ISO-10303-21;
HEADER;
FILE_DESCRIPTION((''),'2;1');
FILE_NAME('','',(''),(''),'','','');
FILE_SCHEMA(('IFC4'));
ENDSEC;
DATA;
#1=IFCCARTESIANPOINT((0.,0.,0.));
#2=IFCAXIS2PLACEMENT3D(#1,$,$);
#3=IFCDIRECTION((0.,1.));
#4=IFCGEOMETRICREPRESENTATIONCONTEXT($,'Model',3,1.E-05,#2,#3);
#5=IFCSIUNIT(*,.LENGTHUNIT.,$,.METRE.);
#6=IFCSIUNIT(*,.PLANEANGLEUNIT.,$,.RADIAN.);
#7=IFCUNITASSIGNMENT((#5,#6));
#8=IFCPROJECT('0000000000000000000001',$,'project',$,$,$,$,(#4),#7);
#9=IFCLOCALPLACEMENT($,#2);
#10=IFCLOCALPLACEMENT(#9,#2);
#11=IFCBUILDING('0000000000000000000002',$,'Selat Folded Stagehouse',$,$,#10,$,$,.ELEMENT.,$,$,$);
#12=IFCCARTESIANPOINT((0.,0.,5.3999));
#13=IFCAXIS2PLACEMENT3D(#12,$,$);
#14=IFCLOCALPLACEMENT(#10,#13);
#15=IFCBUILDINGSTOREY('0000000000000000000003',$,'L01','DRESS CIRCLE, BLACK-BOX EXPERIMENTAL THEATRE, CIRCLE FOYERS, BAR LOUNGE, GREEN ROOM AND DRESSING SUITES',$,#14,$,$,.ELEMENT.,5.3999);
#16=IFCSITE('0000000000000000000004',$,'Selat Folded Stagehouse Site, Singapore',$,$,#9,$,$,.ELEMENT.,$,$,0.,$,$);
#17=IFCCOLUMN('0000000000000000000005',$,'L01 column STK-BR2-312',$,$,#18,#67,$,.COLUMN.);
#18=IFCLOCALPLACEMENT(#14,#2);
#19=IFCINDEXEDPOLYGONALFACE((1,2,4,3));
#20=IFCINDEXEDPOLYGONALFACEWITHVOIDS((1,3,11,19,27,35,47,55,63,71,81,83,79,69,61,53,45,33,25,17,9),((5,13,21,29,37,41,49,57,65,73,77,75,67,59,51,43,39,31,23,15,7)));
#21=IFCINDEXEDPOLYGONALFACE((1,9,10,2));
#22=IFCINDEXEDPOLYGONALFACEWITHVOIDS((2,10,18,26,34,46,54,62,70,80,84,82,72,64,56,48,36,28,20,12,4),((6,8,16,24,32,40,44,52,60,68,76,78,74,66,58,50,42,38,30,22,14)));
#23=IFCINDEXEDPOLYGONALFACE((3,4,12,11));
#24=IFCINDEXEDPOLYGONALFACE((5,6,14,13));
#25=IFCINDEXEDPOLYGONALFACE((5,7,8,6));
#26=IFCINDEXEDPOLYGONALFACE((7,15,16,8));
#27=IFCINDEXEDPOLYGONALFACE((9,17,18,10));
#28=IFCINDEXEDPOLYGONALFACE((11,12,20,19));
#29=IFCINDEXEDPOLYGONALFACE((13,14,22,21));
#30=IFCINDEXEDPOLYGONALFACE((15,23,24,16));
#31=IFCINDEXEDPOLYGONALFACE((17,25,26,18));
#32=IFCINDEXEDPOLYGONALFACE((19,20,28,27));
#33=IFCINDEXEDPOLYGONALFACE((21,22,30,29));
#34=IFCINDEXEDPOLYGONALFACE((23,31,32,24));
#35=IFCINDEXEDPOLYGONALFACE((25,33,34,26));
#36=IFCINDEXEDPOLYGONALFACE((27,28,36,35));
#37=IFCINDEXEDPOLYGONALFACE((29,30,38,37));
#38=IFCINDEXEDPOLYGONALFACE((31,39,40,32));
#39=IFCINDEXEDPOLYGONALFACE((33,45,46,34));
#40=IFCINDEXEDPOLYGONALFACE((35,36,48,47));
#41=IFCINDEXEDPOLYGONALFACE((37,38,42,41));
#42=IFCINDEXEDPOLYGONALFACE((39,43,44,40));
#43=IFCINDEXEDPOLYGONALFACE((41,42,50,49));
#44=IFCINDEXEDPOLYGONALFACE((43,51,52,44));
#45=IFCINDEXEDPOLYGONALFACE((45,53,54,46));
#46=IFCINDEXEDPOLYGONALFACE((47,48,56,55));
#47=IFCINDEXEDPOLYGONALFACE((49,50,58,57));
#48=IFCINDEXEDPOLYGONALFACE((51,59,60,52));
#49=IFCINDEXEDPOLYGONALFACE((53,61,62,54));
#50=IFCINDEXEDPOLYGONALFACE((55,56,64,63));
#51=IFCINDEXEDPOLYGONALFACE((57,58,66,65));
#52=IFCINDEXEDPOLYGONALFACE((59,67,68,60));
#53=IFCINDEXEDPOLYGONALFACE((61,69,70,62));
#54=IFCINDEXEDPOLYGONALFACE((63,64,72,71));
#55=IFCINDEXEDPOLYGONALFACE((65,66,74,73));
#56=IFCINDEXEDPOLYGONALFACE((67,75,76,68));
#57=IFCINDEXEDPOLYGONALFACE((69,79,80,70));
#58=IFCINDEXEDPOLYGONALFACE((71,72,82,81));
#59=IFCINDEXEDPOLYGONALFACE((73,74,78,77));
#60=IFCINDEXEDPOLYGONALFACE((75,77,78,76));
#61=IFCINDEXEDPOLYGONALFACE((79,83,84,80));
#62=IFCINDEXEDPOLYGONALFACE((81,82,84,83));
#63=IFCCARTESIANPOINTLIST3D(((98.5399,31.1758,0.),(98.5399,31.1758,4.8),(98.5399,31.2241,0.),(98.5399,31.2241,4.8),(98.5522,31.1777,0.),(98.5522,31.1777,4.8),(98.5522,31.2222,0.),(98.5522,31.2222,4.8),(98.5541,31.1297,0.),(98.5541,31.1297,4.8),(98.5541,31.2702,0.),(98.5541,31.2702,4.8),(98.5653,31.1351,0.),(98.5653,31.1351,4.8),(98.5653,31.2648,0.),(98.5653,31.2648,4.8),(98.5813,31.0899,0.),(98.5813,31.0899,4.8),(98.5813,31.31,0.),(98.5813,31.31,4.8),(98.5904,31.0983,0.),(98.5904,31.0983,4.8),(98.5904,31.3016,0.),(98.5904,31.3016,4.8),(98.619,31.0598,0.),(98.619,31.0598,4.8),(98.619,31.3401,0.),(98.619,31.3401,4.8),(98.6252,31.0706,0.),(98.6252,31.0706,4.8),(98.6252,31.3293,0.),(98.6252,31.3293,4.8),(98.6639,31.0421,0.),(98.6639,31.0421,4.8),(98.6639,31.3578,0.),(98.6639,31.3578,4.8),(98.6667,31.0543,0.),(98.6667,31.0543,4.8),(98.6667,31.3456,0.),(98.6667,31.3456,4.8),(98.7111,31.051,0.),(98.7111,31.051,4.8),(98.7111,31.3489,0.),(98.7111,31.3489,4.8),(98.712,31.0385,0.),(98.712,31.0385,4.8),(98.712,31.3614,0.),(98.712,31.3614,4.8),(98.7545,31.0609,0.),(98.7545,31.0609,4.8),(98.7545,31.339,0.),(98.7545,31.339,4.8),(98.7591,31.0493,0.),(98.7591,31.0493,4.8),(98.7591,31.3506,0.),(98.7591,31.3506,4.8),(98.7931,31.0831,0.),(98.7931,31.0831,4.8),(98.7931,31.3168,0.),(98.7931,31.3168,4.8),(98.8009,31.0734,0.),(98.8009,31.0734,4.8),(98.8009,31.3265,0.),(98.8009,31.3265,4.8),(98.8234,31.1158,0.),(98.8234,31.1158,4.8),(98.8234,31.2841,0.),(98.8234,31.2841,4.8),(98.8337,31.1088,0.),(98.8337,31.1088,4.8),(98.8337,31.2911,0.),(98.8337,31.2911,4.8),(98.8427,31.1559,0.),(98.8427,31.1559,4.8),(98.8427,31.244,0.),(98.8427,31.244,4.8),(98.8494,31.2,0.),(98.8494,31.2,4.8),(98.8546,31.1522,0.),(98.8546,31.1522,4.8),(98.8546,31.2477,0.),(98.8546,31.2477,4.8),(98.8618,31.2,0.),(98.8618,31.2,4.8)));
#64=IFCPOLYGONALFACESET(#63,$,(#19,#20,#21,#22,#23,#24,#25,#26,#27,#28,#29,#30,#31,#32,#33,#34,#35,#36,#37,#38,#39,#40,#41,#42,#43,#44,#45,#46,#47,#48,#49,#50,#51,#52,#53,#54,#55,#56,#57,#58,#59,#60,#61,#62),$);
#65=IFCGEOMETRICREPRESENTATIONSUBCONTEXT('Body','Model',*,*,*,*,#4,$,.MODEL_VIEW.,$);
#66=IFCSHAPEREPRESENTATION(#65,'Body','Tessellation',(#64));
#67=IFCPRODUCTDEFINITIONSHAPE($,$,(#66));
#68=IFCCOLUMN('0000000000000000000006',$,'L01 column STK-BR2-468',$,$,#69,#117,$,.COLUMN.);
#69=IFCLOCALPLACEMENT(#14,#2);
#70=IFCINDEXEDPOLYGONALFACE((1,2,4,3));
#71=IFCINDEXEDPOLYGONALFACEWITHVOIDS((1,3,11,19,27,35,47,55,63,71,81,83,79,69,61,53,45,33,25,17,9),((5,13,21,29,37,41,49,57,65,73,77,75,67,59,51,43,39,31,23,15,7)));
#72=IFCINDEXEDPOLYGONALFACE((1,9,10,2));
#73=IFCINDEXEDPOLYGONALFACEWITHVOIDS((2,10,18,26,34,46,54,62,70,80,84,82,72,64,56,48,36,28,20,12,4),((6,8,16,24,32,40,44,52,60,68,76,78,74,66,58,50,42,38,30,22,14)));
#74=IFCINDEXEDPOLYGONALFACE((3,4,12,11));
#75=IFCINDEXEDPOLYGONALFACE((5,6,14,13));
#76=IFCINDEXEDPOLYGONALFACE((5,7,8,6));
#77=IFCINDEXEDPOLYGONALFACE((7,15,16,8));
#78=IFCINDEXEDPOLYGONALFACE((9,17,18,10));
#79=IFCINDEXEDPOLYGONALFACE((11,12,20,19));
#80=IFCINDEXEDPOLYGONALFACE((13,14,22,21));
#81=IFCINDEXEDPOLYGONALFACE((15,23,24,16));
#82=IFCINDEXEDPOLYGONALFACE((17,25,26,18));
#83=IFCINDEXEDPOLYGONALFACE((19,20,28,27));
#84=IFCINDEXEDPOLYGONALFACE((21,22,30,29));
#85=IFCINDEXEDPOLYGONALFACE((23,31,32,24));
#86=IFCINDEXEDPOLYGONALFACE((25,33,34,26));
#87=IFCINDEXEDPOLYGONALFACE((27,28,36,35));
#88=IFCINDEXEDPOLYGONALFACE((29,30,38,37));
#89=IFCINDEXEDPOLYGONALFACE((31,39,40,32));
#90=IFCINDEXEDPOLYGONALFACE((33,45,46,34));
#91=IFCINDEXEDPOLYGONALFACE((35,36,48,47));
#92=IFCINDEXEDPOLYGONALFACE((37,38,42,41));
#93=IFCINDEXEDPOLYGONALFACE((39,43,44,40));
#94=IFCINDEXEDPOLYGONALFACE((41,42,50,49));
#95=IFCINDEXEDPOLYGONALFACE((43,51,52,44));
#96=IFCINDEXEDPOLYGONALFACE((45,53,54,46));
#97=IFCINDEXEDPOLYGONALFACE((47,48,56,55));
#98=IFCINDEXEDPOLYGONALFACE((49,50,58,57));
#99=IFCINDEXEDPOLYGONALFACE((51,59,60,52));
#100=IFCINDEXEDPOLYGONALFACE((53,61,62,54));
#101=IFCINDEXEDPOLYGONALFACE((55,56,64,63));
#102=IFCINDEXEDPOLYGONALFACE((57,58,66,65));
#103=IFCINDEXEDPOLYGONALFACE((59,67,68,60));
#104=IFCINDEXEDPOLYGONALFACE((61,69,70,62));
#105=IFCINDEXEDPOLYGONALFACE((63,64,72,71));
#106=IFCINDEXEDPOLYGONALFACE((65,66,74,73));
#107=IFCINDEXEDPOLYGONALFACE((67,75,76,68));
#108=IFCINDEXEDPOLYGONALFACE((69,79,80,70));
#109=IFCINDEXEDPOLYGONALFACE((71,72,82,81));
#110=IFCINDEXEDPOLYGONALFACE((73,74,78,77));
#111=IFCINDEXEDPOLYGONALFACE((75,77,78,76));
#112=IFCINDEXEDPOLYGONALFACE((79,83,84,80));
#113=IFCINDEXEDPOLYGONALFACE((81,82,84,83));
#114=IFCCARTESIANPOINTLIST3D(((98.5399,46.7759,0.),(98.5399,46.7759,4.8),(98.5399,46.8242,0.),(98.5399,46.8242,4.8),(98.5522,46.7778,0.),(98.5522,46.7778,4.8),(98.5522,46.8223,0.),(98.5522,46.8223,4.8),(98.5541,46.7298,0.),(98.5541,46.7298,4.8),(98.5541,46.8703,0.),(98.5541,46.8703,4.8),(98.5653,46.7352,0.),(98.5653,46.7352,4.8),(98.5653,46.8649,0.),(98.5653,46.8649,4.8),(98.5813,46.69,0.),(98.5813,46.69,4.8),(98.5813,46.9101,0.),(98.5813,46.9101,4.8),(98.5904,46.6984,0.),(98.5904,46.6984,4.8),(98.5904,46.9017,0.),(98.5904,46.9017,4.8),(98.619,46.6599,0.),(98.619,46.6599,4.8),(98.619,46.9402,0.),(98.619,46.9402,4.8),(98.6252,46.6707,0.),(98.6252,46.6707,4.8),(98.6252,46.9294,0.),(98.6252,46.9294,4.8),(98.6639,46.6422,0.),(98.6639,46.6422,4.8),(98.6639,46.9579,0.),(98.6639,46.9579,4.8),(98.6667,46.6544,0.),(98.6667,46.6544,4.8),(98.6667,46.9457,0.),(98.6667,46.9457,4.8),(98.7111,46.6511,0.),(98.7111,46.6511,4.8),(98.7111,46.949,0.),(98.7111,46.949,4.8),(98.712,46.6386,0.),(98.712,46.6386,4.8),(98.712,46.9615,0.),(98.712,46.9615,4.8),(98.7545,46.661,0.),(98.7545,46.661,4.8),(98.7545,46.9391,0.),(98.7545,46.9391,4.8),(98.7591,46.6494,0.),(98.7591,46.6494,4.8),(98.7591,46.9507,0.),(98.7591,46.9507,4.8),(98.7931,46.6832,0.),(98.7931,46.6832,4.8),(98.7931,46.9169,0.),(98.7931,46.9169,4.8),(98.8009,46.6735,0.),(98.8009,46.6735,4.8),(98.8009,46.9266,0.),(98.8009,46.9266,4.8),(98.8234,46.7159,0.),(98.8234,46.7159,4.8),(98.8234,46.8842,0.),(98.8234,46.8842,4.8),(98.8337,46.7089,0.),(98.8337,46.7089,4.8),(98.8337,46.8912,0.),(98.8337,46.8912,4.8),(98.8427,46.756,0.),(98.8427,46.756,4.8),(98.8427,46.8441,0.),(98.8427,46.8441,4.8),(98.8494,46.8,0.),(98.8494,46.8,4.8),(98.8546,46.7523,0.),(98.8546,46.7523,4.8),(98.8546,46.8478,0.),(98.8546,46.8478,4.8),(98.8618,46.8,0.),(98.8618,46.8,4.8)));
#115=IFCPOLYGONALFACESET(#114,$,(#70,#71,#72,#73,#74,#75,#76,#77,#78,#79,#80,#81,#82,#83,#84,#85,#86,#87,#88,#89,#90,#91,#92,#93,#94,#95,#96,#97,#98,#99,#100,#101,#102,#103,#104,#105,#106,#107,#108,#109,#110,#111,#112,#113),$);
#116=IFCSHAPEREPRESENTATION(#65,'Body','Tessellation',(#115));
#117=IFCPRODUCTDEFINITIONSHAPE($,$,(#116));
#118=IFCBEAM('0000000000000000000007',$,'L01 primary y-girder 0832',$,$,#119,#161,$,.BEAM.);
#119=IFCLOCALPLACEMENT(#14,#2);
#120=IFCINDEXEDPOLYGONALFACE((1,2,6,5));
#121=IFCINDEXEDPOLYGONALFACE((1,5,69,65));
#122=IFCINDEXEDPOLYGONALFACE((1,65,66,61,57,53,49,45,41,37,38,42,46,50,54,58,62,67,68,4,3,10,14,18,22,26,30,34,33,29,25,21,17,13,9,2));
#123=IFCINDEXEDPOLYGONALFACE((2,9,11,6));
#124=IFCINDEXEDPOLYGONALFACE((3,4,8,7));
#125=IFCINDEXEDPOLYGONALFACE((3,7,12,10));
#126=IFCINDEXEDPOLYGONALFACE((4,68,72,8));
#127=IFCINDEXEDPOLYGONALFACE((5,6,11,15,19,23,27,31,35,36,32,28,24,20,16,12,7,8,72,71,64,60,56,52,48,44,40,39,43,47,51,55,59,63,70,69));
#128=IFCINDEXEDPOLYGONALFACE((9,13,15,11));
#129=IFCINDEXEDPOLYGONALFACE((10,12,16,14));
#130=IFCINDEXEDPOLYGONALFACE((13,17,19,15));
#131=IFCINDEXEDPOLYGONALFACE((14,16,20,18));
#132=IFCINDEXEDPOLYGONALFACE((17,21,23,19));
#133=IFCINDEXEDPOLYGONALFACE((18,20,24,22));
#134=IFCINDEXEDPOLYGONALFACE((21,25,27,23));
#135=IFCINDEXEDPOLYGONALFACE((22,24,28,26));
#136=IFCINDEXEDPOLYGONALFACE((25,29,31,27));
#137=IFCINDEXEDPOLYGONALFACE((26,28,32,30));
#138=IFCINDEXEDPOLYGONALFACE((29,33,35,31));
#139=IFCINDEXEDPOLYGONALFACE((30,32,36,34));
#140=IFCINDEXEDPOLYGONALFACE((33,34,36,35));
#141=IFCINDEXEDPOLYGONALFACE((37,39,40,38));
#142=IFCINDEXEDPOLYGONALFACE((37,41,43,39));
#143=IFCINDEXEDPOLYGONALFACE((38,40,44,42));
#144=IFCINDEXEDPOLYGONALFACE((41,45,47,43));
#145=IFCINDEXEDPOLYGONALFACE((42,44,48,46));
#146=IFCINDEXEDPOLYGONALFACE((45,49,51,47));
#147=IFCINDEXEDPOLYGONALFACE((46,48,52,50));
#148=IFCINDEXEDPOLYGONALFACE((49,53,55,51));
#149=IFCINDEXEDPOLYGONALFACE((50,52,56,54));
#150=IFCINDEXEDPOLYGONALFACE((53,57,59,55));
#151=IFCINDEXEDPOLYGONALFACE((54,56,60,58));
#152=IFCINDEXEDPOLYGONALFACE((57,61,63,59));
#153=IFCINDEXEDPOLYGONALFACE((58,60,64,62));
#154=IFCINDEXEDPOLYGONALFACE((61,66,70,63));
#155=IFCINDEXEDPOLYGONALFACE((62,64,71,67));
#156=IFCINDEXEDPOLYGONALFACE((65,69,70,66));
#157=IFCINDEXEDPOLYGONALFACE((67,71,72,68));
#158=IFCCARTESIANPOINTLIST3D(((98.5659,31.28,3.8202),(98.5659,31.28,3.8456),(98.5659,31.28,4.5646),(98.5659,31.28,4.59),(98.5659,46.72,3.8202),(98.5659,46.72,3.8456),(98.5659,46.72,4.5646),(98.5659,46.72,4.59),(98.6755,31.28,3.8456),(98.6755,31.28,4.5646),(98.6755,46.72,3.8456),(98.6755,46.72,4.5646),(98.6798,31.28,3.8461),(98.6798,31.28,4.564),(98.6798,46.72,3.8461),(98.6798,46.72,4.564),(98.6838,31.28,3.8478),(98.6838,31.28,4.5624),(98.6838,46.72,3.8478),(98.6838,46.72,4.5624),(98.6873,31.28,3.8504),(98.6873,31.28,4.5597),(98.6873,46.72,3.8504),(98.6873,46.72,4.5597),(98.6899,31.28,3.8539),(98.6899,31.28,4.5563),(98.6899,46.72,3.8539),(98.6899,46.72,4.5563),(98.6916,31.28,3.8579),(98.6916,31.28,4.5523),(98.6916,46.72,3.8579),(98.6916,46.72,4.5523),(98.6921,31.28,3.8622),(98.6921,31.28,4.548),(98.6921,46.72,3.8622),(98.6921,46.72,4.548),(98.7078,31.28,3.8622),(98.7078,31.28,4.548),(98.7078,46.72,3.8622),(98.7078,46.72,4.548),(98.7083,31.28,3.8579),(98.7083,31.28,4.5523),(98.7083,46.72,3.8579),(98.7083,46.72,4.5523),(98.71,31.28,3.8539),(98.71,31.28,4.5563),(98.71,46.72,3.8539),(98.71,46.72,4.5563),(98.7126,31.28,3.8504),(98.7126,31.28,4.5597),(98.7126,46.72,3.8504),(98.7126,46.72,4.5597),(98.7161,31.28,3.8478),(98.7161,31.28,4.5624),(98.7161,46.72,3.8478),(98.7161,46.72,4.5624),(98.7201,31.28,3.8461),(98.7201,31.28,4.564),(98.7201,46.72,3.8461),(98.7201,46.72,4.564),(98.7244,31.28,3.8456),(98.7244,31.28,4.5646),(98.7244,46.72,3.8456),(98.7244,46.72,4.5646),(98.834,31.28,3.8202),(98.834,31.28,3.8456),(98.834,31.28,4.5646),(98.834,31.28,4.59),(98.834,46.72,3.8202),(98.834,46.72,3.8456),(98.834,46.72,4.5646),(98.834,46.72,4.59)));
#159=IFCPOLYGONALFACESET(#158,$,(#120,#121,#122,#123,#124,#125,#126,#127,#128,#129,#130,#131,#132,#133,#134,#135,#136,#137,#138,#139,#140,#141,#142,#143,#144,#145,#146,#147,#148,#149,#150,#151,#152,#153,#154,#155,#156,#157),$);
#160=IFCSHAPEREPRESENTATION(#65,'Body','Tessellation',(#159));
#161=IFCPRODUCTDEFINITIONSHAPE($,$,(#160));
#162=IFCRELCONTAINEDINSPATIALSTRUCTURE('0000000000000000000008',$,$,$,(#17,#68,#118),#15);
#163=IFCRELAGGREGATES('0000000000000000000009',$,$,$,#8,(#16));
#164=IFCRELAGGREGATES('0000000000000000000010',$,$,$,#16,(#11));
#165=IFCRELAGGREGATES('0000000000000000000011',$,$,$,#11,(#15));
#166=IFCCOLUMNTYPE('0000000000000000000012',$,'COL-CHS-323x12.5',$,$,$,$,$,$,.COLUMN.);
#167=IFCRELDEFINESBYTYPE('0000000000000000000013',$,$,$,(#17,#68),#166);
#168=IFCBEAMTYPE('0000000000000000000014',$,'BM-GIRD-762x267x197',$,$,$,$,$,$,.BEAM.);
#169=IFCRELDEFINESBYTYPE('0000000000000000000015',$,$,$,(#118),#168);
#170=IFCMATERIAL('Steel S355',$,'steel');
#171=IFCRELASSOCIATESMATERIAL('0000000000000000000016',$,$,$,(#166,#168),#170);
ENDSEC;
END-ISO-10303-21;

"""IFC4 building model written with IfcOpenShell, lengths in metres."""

from ifc_helpers import new_model, si_unit, direction, frame, origin, origin_2d, place, context, subcontext, project, spatial, hollow_circle, i_section, extrude, material, material_profile, profile_set, type_object, element, save


model = new_model("IFC4")

# Units and contexts
model_context = context("Model", 3, precision=1e-05, world=origin(), true_north=direction((0.0, 1.0)))
body_context = subcontext(model_context, "Body", "Model", "MODEL_VIEW")
ifc_project = project(units=[si_unit("LENGTHUNIT", "METRE"), si_unit("PLANEANGLEUNIT", "RADIAN")], contexts=[model_context])

# Site, building, storey
site_placement = place(None, origin())
site = spatial("IfcSite", under=ifc_project, at=site_placement, Name="Selat Folded Stagehouse Site, Singapore", CompositionType="ELEMENT", RefElevation=0.0)
building_placement = place(site_placement, origin())
building = spatial("IfcBuilding", under=site, at=building_placement, Name="Selat Folded Stagehouse", CompositionType="ELEMENT")
storey_placement = place(building_placement, frame((0.0, 0.0, 5.3999)))
storey = spatial("IfcBuildingStorey", under=building, at=storey_placement, Name="L01", Description="DRESS CIRCLE, BLACK-BOX EXPERIMENTAL THEATRE, CIRCLE FOYERS, BAR LOUNGE, GREEN ROOM AND DRESSING SUITES", CompositionType="ELEMENT", Elevation=5.3999)

# Columns
ifc_material_1 = material(Name="Steel S355", Category="steel")
ifc_material_profile_1 = material_profile(ifc_material_1, hollow_circle(Radius=0.1619, WallThickness=0.0125, at=origin_2d()), Name="CHS 323.9x12.5")
ifc_profile_set_1 = profile_set([ifc_material_profile_1], Name="Steel S355")
column_type = type_object("IfcColumnType", Name="COL-CHS-323x12.5", PredefinedType="COLUMN", material=ifc_profile_set_1)
for number, where, z_axis, x_axis, name in (
    (1, (98.7, 31.2, 0.0), (0.0, 0.0, 1.0), (1.0, 0.0, 0.0), "L01 column STK-BR2-312"),
    (2, (98.7, 46.8, 0.0), (0.0, 0.0, 1.0), (1.0, 0.0, 0.0), "L01 column STK-BR2-468"),
):
    element("IfcColumn", number, at=place(storey_placement, frame(where, z_axis=z_axis, x_axis=x_axis)), inside=storey, type_object=column_type, Name=name, PredefinedType="COLUMN", context=body_context, shape_type="SweptSolid", body=[
        extrude(hollow_circle(Radius=0.1619, WallThickness=0.0125, at=origin_2d()), origin(), (0.0, 0.0, 1.0), 4.8),
    ])

# Beam
ifc_material_profile_2 = material_profile(ifc_material_1, i_section(OverallWidth=0.2681, OverallDepth=0.7698, WebThickness=0.0156, FlangeThickness=0.0254, FilletRadius=0.0166, at=origin_2d()), Name="UKB 762x267x197")
ifc_profile_set_2 = profile_set([ifc_material_profile_2], Name="Steel S355")
beam_type = type_object("IfcBeamType", Name="BM-GIRD-762x267x197", PredefinedType="BEAM", material=ifc_profile_set_2)
beam_1_placement = place(storey_placement, frame((98.7, 31.28, 4.2051), z_axis=(0.0, 1.0, 0.0), x_axis=(-1.0, 0.0, 0.0)))
element("IfcBeam", 3, at=beam_1_placement, inside=storey, type_object=beam_type, Name="L01 primary y-girder 0832", PredefinedType="BEAM", context=body_context, shape_type="SweptSolid", body=[
    extrude(i_section(OverallWidth=0.2681, OverallDepth=0.7698, WebThickness=0.0156, FlangeThickness=0.0254, FilletRadius=0.0166, at=origin_2d()), origin(), (0.0, 0.0, 1.0), 15.4399),
])

save(model, "model.ifc")
